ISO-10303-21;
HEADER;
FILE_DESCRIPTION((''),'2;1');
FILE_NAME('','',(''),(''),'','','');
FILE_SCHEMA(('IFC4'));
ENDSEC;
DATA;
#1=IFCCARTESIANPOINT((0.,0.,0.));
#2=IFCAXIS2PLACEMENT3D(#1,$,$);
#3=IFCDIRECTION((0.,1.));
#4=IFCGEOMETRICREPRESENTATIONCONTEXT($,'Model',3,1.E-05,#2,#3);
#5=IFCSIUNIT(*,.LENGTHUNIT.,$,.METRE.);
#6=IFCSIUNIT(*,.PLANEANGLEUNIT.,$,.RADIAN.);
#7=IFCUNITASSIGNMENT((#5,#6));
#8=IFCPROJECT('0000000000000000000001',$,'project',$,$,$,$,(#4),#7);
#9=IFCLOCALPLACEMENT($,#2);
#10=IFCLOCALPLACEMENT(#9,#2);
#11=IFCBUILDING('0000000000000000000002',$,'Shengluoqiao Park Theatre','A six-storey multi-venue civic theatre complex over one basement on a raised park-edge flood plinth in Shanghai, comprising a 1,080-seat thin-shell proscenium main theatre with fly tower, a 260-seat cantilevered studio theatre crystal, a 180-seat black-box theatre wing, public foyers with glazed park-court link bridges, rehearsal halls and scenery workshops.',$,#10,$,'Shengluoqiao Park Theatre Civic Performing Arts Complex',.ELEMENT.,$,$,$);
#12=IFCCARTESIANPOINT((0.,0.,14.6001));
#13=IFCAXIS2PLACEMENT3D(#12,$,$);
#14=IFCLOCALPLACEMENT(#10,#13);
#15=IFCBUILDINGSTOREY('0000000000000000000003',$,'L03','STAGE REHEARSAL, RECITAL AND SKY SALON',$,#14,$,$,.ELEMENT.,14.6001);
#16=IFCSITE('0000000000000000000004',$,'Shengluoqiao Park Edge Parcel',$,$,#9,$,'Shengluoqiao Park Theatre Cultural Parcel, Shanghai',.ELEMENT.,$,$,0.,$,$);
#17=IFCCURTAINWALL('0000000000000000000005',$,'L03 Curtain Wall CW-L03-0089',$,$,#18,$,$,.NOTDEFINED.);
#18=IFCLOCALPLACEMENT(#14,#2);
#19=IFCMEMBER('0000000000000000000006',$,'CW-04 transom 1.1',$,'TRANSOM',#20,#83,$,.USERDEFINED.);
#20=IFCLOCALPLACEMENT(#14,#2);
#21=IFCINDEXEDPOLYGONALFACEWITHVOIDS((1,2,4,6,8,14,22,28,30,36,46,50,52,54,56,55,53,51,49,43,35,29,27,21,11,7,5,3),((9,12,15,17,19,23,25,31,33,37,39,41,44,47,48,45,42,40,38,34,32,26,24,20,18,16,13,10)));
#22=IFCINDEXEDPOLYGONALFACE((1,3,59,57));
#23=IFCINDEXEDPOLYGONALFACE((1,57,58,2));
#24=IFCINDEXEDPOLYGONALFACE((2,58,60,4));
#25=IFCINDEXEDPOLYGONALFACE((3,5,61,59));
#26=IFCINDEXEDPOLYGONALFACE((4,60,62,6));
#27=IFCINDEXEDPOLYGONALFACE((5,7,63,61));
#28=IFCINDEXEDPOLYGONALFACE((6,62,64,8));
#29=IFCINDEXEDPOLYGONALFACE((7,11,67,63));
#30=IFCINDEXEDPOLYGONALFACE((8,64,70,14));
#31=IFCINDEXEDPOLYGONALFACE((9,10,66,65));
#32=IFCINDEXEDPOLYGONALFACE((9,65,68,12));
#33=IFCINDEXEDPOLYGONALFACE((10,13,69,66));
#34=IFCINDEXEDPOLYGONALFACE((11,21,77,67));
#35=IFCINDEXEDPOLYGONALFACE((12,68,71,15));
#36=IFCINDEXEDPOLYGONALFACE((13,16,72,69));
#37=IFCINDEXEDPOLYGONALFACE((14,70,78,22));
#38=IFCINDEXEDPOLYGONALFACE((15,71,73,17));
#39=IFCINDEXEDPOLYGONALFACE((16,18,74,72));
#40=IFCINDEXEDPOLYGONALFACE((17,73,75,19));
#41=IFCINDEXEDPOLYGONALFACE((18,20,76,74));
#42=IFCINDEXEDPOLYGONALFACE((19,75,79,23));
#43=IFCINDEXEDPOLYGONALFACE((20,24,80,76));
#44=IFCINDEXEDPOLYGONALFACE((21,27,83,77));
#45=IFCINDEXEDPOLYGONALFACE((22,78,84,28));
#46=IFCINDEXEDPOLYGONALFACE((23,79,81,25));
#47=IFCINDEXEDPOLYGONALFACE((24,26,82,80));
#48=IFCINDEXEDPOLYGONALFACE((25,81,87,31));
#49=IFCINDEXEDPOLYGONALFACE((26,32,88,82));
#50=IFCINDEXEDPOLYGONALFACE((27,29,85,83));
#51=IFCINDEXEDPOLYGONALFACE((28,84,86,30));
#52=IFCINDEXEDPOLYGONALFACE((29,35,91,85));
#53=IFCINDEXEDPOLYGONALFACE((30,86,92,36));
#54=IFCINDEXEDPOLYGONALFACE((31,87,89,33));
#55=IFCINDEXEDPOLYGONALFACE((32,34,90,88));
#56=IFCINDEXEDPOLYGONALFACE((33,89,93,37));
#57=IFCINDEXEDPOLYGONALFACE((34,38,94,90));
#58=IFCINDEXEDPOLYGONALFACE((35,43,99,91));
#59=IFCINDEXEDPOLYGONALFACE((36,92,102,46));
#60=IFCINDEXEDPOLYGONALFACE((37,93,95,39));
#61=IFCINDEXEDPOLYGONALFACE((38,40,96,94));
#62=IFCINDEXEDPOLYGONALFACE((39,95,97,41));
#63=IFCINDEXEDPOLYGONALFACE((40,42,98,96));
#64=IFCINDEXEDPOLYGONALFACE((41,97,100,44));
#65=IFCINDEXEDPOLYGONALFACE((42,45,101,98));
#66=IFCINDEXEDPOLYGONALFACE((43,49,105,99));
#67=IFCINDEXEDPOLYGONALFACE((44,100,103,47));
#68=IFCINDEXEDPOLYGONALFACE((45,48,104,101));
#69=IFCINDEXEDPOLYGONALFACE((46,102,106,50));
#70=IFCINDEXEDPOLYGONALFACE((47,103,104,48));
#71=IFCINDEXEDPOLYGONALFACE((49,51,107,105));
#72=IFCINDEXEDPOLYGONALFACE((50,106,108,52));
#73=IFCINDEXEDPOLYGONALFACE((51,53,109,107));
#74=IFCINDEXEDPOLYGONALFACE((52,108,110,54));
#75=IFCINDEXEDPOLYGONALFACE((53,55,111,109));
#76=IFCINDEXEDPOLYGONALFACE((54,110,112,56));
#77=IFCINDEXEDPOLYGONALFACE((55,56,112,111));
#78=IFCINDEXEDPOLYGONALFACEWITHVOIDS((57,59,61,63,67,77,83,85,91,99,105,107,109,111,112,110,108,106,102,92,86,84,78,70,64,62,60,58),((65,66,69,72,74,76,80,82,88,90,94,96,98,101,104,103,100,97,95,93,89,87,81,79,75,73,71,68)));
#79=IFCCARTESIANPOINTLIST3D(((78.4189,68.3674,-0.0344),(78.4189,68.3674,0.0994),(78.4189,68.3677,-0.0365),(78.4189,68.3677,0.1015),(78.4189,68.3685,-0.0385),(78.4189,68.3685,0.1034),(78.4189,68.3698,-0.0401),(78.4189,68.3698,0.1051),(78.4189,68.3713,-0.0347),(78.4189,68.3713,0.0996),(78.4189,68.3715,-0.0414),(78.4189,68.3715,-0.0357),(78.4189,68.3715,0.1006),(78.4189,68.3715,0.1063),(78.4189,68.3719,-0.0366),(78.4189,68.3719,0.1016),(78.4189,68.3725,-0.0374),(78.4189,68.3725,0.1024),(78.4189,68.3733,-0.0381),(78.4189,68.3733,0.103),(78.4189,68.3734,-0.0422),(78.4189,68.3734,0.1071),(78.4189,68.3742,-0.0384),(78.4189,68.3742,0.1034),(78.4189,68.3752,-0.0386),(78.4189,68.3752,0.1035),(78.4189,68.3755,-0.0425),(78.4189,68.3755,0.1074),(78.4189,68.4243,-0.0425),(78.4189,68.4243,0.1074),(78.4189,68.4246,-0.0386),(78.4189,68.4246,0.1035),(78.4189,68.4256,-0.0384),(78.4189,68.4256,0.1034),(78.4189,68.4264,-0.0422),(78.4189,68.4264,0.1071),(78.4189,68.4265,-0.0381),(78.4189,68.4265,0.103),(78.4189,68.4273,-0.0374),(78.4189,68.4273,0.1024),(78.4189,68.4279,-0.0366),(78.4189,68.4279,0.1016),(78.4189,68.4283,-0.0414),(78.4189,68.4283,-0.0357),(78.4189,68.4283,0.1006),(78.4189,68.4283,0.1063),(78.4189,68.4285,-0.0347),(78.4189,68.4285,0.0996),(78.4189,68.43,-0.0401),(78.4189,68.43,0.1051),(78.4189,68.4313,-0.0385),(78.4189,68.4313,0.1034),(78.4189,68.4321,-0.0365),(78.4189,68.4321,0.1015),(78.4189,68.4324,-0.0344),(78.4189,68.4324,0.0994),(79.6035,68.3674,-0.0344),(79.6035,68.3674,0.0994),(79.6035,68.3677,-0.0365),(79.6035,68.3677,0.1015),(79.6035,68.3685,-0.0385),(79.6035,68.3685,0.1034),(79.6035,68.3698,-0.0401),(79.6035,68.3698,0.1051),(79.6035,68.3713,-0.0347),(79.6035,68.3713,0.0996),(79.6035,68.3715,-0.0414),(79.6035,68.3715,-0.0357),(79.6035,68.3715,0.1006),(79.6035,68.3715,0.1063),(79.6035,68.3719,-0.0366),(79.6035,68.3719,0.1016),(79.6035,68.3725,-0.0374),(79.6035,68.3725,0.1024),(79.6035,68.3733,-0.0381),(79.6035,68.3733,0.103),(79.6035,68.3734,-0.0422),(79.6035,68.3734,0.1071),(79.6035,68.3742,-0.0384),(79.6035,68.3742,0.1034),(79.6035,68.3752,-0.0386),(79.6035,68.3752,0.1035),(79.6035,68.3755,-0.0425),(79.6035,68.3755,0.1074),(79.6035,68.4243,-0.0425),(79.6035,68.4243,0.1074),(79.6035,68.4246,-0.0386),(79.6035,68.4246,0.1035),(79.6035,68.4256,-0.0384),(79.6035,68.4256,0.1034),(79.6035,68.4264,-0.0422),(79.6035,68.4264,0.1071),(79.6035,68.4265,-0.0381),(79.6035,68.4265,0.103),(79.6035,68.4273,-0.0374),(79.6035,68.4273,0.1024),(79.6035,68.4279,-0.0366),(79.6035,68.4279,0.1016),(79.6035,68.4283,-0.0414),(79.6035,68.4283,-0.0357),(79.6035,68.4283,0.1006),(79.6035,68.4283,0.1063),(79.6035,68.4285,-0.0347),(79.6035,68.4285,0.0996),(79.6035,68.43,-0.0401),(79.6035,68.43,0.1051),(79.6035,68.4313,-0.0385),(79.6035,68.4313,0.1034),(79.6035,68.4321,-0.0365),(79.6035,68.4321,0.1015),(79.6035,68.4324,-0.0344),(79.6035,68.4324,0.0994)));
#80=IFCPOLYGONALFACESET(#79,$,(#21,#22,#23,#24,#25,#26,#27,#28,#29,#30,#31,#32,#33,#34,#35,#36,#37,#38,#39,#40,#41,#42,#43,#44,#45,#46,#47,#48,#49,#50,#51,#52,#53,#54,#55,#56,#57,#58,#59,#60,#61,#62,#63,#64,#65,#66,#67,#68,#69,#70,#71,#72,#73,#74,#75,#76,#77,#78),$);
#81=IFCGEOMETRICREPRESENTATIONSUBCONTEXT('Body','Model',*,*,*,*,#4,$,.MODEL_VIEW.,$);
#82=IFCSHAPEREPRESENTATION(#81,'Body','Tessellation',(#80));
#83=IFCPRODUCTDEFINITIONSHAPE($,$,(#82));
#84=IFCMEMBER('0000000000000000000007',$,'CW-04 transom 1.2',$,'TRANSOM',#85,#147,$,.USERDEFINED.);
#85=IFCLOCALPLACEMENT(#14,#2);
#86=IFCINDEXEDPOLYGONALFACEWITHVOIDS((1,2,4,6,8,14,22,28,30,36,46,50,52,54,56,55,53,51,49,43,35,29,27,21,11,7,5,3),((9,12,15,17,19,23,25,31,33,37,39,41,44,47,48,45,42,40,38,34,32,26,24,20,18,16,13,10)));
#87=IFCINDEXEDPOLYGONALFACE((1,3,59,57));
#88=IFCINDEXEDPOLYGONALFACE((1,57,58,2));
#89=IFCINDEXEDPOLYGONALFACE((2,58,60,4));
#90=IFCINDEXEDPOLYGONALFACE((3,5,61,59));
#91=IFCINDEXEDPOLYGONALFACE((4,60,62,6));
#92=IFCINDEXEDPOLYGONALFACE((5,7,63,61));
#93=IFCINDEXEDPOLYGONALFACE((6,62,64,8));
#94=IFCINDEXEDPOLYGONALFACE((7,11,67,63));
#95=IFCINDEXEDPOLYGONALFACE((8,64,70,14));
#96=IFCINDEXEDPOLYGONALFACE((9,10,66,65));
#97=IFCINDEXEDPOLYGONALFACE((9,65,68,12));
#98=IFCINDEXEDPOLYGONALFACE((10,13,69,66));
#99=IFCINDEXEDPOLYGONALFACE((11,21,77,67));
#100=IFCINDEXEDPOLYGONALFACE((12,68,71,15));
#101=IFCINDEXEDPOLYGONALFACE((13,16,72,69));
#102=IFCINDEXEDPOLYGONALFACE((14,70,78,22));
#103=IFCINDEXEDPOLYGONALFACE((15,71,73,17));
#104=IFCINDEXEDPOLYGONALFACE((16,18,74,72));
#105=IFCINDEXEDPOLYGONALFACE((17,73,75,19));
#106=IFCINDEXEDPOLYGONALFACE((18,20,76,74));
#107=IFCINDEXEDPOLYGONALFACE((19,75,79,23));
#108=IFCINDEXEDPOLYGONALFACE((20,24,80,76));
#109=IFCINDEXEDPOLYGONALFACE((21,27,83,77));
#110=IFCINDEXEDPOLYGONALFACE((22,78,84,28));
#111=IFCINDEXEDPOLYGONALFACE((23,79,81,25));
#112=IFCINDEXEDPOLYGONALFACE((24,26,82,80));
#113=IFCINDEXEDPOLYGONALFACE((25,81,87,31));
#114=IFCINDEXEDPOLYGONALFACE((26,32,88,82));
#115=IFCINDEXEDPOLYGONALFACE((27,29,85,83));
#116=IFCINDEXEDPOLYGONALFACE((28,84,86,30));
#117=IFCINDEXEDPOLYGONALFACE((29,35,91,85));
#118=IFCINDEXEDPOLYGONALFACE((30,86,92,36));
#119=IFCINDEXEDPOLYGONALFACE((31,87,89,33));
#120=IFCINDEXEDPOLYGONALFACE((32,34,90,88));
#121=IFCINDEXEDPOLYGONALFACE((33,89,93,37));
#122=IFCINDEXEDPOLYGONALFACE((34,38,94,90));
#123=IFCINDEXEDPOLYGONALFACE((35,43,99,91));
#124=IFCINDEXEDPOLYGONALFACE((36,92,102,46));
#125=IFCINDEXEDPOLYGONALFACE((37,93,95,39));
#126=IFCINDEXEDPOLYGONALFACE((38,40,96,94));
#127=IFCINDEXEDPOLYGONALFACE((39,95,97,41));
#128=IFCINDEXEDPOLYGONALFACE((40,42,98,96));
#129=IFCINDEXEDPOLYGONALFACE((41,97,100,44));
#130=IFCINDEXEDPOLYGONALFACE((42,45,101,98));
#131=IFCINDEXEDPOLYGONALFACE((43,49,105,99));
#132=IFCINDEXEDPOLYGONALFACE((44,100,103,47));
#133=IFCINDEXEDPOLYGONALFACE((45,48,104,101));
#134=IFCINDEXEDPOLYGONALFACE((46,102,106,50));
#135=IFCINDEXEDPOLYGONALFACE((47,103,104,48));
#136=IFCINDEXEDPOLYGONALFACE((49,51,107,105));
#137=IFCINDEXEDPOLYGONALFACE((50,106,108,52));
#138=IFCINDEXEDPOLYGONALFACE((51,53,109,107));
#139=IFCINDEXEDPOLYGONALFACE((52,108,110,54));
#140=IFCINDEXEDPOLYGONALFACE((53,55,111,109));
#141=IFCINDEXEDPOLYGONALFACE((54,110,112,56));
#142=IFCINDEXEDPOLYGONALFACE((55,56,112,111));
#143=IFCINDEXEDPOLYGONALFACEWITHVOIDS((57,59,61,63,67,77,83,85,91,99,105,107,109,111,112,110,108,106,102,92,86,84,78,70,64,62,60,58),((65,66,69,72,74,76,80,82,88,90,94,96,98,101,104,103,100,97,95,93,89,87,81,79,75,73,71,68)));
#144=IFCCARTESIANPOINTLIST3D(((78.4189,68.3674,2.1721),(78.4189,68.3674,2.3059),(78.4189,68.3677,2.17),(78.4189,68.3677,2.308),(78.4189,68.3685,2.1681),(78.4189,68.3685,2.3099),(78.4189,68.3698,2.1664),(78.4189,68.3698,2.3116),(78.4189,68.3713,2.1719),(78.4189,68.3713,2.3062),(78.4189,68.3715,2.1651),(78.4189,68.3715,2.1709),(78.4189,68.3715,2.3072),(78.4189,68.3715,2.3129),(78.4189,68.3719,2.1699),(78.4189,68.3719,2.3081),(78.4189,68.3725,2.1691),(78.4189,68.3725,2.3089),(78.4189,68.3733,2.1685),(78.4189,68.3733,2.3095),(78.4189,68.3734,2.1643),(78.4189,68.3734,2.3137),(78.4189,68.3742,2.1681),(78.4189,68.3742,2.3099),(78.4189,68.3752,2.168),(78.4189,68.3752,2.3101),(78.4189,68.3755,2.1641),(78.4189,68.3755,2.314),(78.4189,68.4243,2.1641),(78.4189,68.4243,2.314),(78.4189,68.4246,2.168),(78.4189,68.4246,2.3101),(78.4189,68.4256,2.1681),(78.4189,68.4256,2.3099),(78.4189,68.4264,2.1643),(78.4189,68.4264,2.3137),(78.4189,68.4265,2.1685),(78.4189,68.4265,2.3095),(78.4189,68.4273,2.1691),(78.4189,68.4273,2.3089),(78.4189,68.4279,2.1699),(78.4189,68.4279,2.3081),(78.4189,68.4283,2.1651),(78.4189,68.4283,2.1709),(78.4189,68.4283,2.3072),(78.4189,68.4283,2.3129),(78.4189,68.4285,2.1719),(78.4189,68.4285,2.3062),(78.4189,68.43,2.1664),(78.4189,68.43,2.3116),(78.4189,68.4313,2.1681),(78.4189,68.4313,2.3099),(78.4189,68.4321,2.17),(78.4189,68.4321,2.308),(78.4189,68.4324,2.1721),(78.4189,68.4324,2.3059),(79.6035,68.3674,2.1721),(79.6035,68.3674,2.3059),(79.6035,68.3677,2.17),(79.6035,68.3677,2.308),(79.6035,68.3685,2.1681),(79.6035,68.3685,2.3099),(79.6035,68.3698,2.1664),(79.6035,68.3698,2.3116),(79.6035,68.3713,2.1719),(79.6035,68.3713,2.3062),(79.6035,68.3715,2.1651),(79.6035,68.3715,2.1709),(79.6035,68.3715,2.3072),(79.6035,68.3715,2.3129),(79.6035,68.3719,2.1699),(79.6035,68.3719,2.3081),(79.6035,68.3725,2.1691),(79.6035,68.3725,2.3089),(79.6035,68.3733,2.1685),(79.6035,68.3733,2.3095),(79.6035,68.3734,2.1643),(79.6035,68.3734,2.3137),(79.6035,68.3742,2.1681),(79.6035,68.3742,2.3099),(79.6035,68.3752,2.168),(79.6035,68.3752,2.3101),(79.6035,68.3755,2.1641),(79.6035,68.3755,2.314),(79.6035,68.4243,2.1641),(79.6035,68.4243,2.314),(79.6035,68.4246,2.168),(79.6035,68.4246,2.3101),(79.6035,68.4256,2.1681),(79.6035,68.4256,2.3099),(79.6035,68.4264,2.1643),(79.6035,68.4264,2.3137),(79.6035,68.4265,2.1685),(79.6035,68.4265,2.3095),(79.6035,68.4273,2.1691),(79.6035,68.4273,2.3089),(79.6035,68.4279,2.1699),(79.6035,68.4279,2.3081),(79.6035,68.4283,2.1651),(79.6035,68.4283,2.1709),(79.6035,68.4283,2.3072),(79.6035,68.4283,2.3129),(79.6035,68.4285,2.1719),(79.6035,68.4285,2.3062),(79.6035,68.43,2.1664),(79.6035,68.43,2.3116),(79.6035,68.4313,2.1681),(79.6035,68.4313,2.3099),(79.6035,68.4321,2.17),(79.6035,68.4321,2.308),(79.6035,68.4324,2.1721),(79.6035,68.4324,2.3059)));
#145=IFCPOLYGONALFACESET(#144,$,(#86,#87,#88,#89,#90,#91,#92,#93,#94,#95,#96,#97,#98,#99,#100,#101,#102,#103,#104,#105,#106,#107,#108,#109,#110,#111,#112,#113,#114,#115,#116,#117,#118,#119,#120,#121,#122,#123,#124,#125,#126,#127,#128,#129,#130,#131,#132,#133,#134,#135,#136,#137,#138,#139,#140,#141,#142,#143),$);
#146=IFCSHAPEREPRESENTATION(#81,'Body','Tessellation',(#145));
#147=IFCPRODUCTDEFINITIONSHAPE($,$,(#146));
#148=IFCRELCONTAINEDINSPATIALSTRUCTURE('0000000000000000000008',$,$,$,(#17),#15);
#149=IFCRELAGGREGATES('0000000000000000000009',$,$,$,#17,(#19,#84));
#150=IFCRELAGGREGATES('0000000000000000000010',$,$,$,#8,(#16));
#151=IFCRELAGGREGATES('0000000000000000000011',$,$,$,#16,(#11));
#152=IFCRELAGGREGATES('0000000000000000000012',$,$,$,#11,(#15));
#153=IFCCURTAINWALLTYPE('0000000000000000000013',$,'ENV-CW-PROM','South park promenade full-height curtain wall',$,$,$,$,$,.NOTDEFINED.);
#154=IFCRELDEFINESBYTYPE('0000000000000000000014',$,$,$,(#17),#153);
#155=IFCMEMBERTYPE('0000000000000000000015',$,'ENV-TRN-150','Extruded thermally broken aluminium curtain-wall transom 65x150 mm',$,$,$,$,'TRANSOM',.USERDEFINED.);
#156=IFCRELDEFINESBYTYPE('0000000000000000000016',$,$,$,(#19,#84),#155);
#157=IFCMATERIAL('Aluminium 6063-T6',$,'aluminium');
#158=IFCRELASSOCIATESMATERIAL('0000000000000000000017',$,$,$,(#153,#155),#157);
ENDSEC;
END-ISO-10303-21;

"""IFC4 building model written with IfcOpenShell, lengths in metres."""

from ifc_helpers import new_model, si_unit, direction, frame, origin, origin_2d, place, context, subcontext, project, spatial, hollow_rectangle, extrude, material, material_profile, profile_set, type_object, element, aggregate, save


model = new_model("IFC4")

# Units and contexts
model_context = context("Model", 3, precision=1e-05, world=origin(), true_north=direction((0.0, 1.0)))
body_context = subcontext(model_context, "Body", "Model", "MODEL_VIEW")
ifc_project = project(units=[si_unit("LENGTHUNIT", "METRE"), si_unit("PLANEANGLEUNIT", "RADIAN")], contexts=[model_context])

# Site, building, storey
site_placement = place(None, origin())
site = spatial("IfcSite", under=ifc_project, at=site_placement, Name="Shengluoqiao Park Edge Parcel", LongName="Shengluoqiao Park Theatre Cultural Parcel, Shanghai", CompositionType="ELEMENT", RefElevation=0.0)
building_placement = place(site_placement, origin())
building = spatial("IfcBuilding", under=site, at=building_placement, Name="Shengluoqiao Park Theatre", Description="A six-storey multi-venue civic theatre complex over one basement on a raised park-edge flood plinth in Shanghai, comprising a 1,080-seat thin-shell proscenium main theatre with fly tower, a 260-seat cantilevered studio theatre crystal, a 180-seat black-box theatre wing, public foyers with glazed park-court link bridges, rehearsal halls and scenery workshops.", LongName="Shengluoqiao Park Theatre Civic Performing Arts Complex", CompositionType="ELEMENT")
storey_placement = place(building_placement, frame((0.0, 0.0, 14.6001)))
storey = spatial("IfcBuildingStorey", under=building, at=storey_placement, Name="L03", Description="STAGE REHEARSAL, RECITAL AND SKY SALON", CompositionType="ELEMENT", Elevation=14.6001)

# Curtain wall
ifc_material_1 = material(Name="Aluminium 6063-T6", Category="aluminium")
curtain_wall_type = type_object("IfcCurtainWallType", Name="ENV-CW-PROM", Description="South park promenade full-height curtain wall", PredefinedType="NOTDEFINED", material=ifc_material_1)
curtain_wall_1_placement = place(storey_placement, origin())
curtain_wall_1 = element("IfcCurtainWall", 1, at=curtain_wall_1_placement, inside=storey, type_object=curtain_wall_type, Name="L03 Curtain Wall CW-L03-0089", PredefinedType="NOTDEFINED")

# Members
ifc_material_profile_1 = material_profile(ifc_material_1, hollow_rectangle(XDim=0.0649, YDim=0.1499, WallThickness=0.0039, InnerFilletRadius=0.0039, OuterFilletRadius=0.0081, at=origin_2d()), Name="ALU TRANSOM 150x65x4")
ifc_profile_set_1 = profile_set([ifc_material_profile_1], Name="Aluminium 6063-T6")
member_type_1 = type_object("IfcMemberType", Name="ENV-TRN-150", Description="Extruded thermally broken aluminium curtain-wall transom 65x150 mm", ElementType="TRANSOM", PredefinedType="USERDEFINED", material=ifc_profile_set_1)
member_1_placement = place(storey_placement, frame((78.4189, 68.3999, 0.0325), z_axis=(1.0, 0.0, 0.0), x_axis=(0.0, 1.0, 0.0)))
member_1 = element("IfcMember", 2, at=member_1_placement, type_object=member_type_1, Name="CW-04 transom 1.1", ObjectType="TRANSOM", PredefinedType="USERDEFINED", context=body_context, shape_type="SweptSolid", body=[
    extrude(hollow_rectangle(XDim=0.0649, YDim=0.1499, WallThickness=0.0039, InnerFilletRadius=0.0039, OuterFilletRadius=0.0081, at=origin_2d()), origin(), (0.0, 0.0, 1.0), 1.1846),
])
member_2_placement = place(storey_placement, frame((78.4189, 68.3999, 2.239), z_axis=(1.0, 0.0, 0.0), x_axis=(0.0, 1.0, 0.0)))
member_2 = element("IfcMember", 3, at=member_2_placement, type_object=member_type_1, Name="CW-04 transom 1.2", ObjectType="TRANSOM", PredefinedType="USERDEFINED", context=body_context, shape_type="SweptSolid", body=[
    extrude(hollow_rectangle(XDim=0.0649, YDim=0.1499, WallThickness=0.0039, InnerFilletRadius=0.0039, OuterFilletRadius=0.0081, at=origin_2d()), origin(), (0.0, 0.0, 1.0), 1.1846),
])

aggregate(curtain_wall_1, [member_1, member_2])

save(model, "model.ifc")
